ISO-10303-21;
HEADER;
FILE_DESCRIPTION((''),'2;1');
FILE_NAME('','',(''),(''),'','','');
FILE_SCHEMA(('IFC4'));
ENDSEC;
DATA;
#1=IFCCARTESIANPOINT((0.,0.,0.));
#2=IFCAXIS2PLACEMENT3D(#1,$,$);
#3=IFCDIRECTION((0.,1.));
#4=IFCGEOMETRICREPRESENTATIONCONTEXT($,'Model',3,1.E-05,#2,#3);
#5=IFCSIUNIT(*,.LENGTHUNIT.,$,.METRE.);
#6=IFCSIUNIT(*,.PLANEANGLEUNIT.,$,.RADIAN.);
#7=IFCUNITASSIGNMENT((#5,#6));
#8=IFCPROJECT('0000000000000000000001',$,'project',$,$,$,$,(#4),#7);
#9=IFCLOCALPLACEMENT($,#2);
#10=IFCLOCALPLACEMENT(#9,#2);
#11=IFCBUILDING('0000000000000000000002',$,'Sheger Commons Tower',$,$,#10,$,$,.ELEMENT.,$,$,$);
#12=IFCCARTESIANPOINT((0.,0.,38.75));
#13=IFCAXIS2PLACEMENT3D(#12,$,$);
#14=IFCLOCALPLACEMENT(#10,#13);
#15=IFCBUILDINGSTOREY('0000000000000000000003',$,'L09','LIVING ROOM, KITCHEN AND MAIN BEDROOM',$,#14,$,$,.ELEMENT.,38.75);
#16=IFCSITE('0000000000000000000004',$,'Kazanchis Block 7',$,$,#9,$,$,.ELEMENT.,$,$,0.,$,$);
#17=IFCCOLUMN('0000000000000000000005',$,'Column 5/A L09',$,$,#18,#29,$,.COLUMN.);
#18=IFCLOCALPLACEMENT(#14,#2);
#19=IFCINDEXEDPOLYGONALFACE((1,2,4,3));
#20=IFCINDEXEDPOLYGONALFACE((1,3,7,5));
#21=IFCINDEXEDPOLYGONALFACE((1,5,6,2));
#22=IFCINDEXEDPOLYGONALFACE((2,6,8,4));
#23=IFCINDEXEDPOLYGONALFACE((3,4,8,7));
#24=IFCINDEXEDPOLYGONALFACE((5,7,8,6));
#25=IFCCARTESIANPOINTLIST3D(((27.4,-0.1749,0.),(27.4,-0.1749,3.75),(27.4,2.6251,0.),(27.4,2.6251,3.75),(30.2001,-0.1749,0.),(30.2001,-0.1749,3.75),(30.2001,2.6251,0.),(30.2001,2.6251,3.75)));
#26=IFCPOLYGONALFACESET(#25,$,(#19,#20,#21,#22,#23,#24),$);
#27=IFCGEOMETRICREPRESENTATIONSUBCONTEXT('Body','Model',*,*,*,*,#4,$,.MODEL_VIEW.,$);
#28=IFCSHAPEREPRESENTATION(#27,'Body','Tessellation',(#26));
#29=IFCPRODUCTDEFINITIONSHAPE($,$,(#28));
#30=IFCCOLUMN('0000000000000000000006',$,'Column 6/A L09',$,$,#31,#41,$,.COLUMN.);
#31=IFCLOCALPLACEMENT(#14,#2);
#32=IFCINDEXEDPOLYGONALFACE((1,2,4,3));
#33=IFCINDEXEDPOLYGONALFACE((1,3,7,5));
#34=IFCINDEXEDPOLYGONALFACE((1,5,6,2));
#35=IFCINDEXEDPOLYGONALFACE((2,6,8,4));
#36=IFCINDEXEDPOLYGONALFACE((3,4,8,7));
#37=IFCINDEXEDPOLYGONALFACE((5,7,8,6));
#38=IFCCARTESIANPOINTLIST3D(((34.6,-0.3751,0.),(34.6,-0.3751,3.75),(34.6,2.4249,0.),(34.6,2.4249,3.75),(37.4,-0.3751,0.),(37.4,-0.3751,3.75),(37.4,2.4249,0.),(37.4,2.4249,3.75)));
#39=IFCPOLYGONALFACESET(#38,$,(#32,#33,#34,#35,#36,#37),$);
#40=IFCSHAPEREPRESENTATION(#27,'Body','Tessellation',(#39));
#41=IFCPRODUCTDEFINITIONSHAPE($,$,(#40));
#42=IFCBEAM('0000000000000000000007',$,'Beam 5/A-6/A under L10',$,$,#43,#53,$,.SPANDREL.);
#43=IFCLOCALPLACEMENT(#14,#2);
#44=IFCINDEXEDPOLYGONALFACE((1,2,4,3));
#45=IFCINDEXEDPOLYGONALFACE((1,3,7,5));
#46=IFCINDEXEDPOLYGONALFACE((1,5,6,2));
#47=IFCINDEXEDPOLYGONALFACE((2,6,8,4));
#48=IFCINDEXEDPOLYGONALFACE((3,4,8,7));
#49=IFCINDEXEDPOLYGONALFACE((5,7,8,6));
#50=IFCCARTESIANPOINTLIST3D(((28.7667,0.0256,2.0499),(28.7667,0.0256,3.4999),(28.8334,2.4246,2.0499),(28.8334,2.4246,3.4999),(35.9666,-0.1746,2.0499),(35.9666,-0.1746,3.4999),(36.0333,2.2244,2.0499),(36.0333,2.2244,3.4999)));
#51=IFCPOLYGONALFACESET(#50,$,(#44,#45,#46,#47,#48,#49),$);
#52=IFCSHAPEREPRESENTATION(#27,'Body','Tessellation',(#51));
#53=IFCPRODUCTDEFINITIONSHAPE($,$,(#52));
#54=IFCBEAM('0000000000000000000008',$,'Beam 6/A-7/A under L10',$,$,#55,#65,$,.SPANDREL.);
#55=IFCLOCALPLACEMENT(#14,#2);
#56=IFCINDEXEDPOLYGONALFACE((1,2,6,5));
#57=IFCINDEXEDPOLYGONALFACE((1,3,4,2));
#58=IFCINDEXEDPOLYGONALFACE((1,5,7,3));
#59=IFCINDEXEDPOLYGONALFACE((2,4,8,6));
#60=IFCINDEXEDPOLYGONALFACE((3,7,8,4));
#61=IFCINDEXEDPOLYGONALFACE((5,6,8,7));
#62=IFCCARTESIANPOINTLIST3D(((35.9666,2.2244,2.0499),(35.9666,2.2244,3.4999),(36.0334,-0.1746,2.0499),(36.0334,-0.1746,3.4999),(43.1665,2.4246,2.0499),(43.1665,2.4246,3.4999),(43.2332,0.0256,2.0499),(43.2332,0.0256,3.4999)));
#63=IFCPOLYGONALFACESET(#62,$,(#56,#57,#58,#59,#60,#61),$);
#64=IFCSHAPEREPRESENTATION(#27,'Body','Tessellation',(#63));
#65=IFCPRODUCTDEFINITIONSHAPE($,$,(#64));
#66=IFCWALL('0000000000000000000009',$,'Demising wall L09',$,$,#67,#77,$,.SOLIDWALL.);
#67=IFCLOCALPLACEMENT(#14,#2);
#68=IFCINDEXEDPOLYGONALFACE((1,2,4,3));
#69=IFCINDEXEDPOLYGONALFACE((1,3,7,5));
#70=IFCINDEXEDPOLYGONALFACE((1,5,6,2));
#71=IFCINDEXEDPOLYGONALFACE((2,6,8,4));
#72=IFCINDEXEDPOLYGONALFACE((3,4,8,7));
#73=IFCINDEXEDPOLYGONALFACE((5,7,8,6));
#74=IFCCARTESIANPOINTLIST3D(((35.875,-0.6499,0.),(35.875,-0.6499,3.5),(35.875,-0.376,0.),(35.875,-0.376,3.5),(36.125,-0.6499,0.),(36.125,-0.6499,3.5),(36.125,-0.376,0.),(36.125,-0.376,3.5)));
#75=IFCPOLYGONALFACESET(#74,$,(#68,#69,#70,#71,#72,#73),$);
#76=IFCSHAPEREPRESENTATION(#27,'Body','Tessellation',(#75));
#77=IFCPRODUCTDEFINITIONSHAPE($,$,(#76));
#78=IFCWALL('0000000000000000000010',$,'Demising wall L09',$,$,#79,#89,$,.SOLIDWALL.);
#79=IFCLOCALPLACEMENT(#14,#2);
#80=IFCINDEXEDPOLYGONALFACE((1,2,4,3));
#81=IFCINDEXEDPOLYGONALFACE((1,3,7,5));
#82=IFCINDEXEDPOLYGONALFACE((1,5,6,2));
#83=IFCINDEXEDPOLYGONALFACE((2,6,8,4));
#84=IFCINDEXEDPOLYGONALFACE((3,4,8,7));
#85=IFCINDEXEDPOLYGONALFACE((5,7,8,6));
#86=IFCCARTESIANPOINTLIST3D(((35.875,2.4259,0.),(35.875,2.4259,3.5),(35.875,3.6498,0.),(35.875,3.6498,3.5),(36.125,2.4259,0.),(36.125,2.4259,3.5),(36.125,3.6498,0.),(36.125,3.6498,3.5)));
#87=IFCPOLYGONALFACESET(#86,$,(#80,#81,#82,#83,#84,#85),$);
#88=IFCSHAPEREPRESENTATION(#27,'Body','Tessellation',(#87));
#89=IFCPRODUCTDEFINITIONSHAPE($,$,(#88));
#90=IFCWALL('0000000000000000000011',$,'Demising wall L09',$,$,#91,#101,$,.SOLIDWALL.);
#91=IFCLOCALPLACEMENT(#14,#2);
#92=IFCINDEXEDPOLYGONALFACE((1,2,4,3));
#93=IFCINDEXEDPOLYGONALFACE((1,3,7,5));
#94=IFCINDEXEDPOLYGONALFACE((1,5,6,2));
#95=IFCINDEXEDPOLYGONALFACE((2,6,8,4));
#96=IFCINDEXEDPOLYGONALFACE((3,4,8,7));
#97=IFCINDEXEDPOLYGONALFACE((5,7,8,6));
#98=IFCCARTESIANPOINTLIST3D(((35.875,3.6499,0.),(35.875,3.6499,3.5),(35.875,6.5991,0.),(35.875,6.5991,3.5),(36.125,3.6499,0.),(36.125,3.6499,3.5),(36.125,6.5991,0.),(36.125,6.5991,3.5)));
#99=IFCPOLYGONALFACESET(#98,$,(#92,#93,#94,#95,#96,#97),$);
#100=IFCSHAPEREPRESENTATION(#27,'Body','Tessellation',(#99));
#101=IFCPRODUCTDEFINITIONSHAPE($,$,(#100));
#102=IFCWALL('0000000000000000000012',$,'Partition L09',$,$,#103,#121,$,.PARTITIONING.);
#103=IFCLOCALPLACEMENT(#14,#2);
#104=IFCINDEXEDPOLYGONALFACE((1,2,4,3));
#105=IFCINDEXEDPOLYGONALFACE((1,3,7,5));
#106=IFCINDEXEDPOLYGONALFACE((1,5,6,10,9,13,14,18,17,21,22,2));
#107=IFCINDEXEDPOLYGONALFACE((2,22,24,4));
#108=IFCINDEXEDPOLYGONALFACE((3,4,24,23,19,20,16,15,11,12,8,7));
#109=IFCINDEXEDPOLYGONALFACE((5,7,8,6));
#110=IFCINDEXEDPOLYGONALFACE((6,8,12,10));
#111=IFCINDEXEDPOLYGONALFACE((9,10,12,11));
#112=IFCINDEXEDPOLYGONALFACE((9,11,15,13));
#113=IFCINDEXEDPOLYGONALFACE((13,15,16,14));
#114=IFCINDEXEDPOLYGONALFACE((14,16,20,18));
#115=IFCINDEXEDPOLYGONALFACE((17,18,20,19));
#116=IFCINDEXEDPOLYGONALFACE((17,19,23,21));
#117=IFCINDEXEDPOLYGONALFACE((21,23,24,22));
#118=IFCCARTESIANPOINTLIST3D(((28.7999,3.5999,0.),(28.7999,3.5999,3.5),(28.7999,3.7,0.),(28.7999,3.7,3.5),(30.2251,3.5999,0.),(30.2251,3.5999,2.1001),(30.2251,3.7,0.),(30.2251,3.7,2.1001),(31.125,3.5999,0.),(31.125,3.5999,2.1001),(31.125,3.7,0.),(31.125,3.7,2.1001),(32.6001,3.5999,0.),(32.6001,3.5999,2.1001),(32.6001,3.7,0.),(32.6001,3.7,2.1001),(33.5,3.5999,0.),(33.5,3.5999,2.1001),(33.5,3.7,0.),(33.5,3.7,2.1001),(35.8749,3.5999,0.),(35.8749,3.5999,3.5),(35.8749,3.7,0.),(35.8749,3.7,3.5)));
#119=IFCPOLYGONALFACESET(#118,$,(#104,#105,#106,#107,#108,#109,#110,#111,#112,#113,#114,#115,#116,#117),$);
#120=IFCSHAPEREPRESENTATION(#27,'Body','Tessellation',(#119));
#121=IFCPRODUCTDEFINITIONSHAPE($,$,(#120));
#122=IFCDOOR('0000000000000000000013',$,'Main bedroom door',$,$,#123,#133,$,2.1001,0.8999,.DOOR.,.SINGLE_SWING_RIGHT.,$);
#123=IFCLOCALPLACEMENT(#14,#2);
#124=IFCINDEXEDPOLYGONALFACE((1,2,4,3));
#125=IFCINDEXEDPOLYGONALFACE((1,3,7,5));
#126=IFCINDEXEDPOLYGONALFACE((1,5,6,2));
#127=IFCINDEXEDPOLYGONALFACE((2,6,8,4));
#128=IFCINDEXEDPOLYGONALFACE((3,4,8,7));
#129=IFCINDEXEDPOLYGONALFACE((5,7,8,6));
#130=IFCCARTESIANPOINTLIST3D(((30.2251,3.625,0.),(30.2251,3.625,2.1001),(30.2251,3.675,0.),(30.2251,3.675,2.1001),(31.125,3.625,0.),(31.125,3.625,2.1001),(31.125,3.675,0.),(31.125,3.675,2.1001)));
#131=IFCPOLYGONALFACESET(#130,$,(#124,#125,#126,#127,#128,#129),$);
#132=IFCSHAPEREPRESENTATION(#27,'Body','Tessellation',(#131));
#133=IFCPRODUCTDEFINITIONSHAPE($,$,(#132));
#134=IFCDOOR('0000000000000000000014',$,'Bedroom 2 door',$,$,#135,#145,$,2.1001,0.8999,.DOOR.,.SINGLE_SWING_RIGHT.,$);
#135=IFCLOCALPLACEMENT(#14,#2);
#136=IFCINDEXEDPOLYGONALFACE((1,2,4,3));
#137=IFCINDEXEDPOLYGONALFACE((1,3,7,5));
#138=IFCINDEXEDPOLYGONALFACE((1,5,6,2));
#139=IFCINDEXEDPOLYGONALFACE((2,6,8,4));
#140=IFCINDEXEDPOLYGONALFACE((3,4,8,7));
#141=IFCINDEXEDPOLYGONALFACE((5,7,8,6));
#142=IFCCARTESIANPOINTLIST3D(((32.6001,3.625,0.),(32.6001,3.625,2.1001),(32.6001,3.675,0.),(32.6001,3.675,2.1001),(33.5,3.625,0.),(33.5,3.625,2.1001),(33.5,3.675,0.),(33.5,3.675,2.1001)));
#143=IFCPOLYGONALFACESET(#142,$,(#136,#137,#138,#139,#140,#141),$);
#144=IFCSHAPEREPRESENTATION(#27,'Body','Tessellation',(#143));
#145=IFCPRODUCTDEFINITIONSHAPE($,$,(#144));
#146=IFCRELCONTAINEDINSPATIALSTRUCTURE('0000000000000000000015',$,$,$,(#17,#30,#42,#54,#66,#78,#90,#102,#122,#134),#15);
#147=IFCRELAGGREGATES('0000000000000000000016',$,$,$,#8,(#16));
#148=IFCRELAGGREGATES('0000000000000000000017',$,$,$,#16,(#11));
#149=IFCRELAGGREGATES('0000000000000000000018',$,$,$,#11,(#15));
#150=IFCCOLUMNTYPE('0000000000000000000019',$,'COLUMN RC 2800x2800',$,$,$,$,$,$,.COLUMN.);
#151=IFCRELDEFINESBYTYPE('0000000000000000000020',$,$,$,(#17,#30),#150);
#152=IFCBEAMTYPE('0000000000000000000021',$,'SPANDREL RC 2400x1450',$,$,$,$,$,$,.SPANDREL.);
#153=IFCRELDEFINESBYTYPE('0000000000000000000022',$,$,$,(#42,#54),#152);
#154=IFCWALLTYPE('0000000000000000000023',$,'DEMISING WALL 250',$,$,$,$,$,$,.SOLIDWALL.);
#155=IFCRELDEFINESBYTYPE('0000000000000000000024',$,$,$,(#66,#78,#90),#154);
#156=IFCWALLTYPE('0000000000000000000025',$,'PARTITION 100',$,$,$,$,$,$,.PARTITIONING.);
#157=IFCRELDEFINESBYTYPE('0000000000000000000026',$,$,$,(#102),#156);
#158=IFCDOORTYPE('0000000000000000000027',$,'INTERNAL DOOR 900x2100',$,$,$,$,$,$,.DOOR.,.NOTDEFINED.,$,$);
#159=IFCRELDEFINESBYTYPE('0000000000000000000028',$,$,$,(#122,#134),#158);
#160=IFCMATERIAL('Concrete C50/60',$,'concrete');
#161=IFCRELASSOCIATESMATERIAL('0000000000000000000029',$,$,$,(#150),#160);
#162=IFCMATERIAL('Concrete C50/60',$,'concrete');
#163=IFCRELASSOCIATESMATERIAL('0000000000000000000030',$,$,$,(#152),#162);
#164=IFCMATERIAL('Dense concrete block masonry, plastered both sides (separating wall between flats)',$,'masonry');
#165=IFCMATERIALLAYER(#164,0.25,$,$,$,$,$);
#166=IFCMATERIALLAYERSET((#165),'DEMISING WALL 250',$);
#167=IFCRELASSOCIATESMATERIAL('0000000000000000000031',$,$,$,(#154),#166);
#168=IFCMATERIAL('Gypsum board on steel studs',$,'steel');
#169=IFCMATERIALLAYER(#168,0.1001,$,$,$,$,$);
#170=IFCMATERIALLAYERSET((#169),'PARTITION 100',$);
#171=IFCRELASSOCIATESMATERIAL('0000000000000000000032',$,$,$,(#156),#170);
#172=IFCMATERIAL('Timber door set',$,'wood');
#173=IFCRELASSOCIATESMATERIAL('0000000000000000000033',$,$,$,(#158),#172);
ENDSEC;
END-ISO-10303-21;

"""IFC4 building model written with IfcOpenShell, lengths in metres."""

from ifc_helpers import new_model, si_unit, direction, frame, frame_2d, origin, origin_2d, place, context, subcontext, project, spatial, rectangle, extrude, material, layer, layer_set, material_profile, profile_set, type_object, element, fill, save


model = new_model("IFC4")

# Units and contexts
model_context = context("Model", 3, precision=1e-05, world=origin(), true_north=direction((0.0, 1.0)))
body_context = subcontext(model_context, "Body", "Model", "MODEL_VIEW")
ifc_project = project(units=[si_unit("LENGTHUNIT", "METRE"), si_unit("PLANEANGLEUNIT", "RADIAN")], contexts=[model_context])

# Site, building, storey
site_placement = place(None, origin())
site = spatial("IfcSite", under=ifc_project, at=site_placement, Name="Kazanchis Block 7", CompositionType="ELEMENT", RefElevation=0.0)
building_placement = place(site_placement, origin())
building = spatial("IfcBuilding", under=site, at=building_placement, Name="Sheger Commons Tower", CompositionType="ELEMENT")
storey_placement = place(building_placement, frame((0.0, 0.0, 38.75)))
storey = spatial("IfcBuildingStorey", under=building, at=storey_placement, Name="L09", Description="LIVING ROOM, KITCHEN AND MAIN BEDROOM", CompositionType="ELEMENT", Elevation=38.75)

# Columns
ifc_material_1 = material(Name="Concrete C50/60", Category="concrete")
ifc_material_profile_1 = material_profile(ifc_material_1, rectangle(XDim=2.8, YDim=2.8, at=origin_2d()), Name="RC 2800x2800")
ifc_profile_set_1 = profile_set([ifc_material_profile_1], Name="Concrete C50/60")
column_type = type_object("IfcColumnType", Name="COLUMN RC 2800x2800", PredefinedType="COLUMN", material=ifc_profile_set_1)
for number, where, z_axis, x_axis, name in (
    (1, (28.8, 1.2251, 0.0), (0.0, 0.0, 1.0), (1.0, 0.0, 0.0), "Column 5/A L09"),
    (2, (36.0, 1.0249, 0.0), (0.0, 0.0, 1.0), (1.0, 0.0, 0.0), "Column 6/A L09"),
):
    element("IfcColumn", number, at=place(storey_placement, frame(where, z_axis=z_axis, x_axis=x_axis)), inside=storey, type_object=column_type, Name=name, PredefinedType="COLUMN", context=body_context, shape_type="SweptSolid", body=[
        extrude(rectangle(XDim=2.8, YDim=2.8, at=origin_2d()), origin(), (0.0, 0.0, 1.0), 3.75),
    ])

# Beams
ifc_material_2 = material(Name="Concrete C50/60", Category="concrete")
ifc_material_profile_2 = material_profile(ifc_material_2, rectangle(XDim=2.3999, YDim=1.45, at=origin_2d()), Name="RC 2400x1450")
ifc_profile_set_2 = profile_set([ifc_material_profile_2], Name="Concrete C50/60")
beam_type = type_object("IfcBeamType", Name="SPANDREL RC 2400x1450", PredefinedType="SPANDREL", material=ifc_profile_set_2)
for number, where, z_axis, x_axis, name in (
    (3, (28.8, 1.2251, 2.7749), (0.999614, -0.027794, 0.0), (0.027794, 0.999614, 0.0), "Beam 5/A-6/A under L10"),
    (4, (36.0, 1.0249, 2.7749), (0.999614, 0.027794, 0.0), (-0.027794, 0.999614, 0.0), "Beam 6/A-7/A under L10"),
):
    element("IfcBeam", number, at=place(storey_placement, frame(where, z_axis=z_axis, x_axis=x_axis)), inside=storey, type_object=beam_type, Name=name, PredefinedType="SPANDREL", context=body_context, shape_type="SweptSolid", body=[
        extrude(rectangle(XDim=2.3999, YDim=1.45, at=origin_2d()), origin(), (0.0, 0.0, 1.0), 7.2026),
    ])

# Walls
ifc_material_3 = material(Name="Dense concrete block masonry, plastered both sides (separating wall between flats)", Category="masonry")
ifc_layer_1 = layer(ifc_material_3, 0.25)
ifc_layer_set_1 = layer_set([ifc_layer_1], Name="DEMISING WALL 250")
wall_type_1 = type_object("IfcWallType", Name="DEMISING WALL 250", PredefinedType="SOLIDWALL", material=ifc_layer_set_1)
wall_1_placement = place(storey_placement, frame((36.0, -0.6499, 0.0), z_axis=(0.0, 0.0, 1.0), x_axis=(0.0, 1.0, 0.0)))
element("IfcWall", 5, at=wall_1_placement, inside=storey, type_object=wall_type_1, Name="Demising wall L09", PredefinedType="SOLIDWALL", context=body_context, shape_type="SweptSolid", body=[
    extrude(rectangle(XDim=0.2739, YDim=0.25, at=frame_2d((0.137, 0.0))), origin(), (0.0, 0.0, 1.0), 3.5),
])
wall_2_placement = place(storey_placement, frame((36.0, 2.426, 0.0), z_axis=(0.0, 0.0, 1.0), x_axis=(0.0, 1.0, 0.0)))
element("IfcWall", 6, at=wall_2_placement, inside=storey, type_object=wall_type_1, Name="Demising wall L09", PredefinedType="SOLIDWALL", context=body_context, shape_type="SweptSolid", body=[
    extrude(rectangle(XDim=1.2239, YDim=0.25, at=frame_2d((0.6118, 0.0))), origin(), (0.0, 0.0, 1.0), 3.5),
])
wall_3_placement = place(storey_placement, frame((36.0, 3.6499, 0.0), z_axis=(0.0, 0.0, 1.0), x_axis=(0.0, 1.0, 0.0)))
element("IfcWall", 7, at=wall_3_placement, inside=storey, type_object=wall_type_1, Name="Demising wall L09", PredefinedType="SOLIDWALL", context=body_context, shape_type="SweptSolid", body=[
    extrude(rectangle(XDim=2.9492, YDim=0.25, at=frame_2d((1.4746, 0.0))), origin(), (0.0, 0.0, 1.0), 3.5),
])

# Wall, openings, doors
ifc_material_4 = material(Name="Gypsum board on steel studs", Category="steel")
ifc_layer_2 = layer(ifc_material_4, 0.1001)
ifc_layer_set_2 = layer_set([ifc_layer_2], Name="PARTITION 100")
wall_type_2 = type_object("IfcWallType", Name="PARTITION 100", PredefinedType="PARTITIONING", material=ifc_layer_set_2)
wall_4_placement = place(storey_placement, frame((35.875, 3.6499, 0.0), z_axis=(0.0, 0.0, 1.0), x_axis=(-1.0, 0.0, 0.0)))
wall_4 = element("IfcWall", 8, at=wall_4_placement, inside=storey, type_object=wall_type_2, Name="Partition L09", PredefinedType="PARTITIONING", context=body_context, shape_type="SweptSolid", body=[
    extrude(rectangle(XDim=7.075, YDim=0.1001, at=frame_2d((3.5376, 0.0))), origin(), (0.0, 0.0, 1.0), 3.5),
])
opening_1_placement = place(wall_4_placement, frame((4.75, 0.0, 0.0)))
opening_1 = element("IfcOpeningElement", 9, at=opening_1_placement, cuts=wall_4, PredefinedType="OPENING", context=body_context, shape_type="SweptSolid", body=[
    extrude(rectangle(XDim=0.8999, YDim=2.1001, at=frame_2d((0.45, 1.05))), frame((0.0, 0.0601, 0.0), z_axis=(0.0, -1.0, 0.0), x_axis=(1.0, 0.0, 0.0)), (0.0, 0.0, 1.0), 0.1201),
])
opening_2_placement = place(wall_4_placement, frame((2.375, 0.0, 0.0)))
opening_2 = element("IfcOpeningElement", 10, at=opening_2_placement, cuts=wall_4, PredefinedType="OPENING", context=body_context, shape_type="SweptSolid", body=[
    extrude(rectangle(XDim=0.8999, YDim=2.1001, at=frame_2d((0.45, 1.05))), frame((0.0, 0.0601, 0.0), z_axis=(0.0, -1.0, 0.0), x_axis=(1.0, 0.0, 0.0)), (0.0, 0.0, 1.0), 0.1201),
])
ifc_material_5 = material(Name="Timber door set", Category="wood")
door_type = type_object("IfcDoorType", Name="INTERNAL DOOR 900x2100", OperationType="NOTDEFINED", PredefinedType="DOOR", material=ifc_material_5)
door_1_placement = place(opening_1_placement, origin())
door_1 = element("IfcDoor", 11, at=door_1_placement, inside=storey, type_object=door_type, Name="Main bedroom door", OperationType="SINGLE_SWING_RIGHT", OverallHeight=2.1001, OverallWidth=0.8999, PredefinedType="DOOR", context=body_context, shape_type="SweptSolid", body=[
    extrude(rectangle(XDim=0.8999, YDim=2.1001, at=frame_2d((0.45, 1.05))), frame((0.0, 0.0249, 0.0), z_axis=(0.0, -1.0, 0.0), x_axis=(1.0, 0.0, 0.0)), (0.0, 0.0, 1.0), 0.05),
])
fill(opening_1, door_1)
door_2_placement = place(opening_2_placement, origin())
door_2 = element("IfcDoor", 12, at=door_2_placement, inside=storey, type_object=door_type, Name="Bedroom 2 door", OperationType="SINGLE_SWING_RIGHT", OverallHeight=2.1001, OverallWidth=0.8999, PredefinedType="DOOR", context=body_context, shape_type="SweptSolid", body=[
    extrude(rectangle(XDim=0.8999, YDim=2.1001, at=frame_2d((0.45, 1.05))), frame((0.0, 0.0249, 0.0), z_axis=(0.0, -1.0, 0.0), x_axis=(1.0, 0.0, 0.0)), (0.0, 0.0, 1.0), 0.05),
])
fill(opening_2, door_2)

save(model, "model.ifc")
